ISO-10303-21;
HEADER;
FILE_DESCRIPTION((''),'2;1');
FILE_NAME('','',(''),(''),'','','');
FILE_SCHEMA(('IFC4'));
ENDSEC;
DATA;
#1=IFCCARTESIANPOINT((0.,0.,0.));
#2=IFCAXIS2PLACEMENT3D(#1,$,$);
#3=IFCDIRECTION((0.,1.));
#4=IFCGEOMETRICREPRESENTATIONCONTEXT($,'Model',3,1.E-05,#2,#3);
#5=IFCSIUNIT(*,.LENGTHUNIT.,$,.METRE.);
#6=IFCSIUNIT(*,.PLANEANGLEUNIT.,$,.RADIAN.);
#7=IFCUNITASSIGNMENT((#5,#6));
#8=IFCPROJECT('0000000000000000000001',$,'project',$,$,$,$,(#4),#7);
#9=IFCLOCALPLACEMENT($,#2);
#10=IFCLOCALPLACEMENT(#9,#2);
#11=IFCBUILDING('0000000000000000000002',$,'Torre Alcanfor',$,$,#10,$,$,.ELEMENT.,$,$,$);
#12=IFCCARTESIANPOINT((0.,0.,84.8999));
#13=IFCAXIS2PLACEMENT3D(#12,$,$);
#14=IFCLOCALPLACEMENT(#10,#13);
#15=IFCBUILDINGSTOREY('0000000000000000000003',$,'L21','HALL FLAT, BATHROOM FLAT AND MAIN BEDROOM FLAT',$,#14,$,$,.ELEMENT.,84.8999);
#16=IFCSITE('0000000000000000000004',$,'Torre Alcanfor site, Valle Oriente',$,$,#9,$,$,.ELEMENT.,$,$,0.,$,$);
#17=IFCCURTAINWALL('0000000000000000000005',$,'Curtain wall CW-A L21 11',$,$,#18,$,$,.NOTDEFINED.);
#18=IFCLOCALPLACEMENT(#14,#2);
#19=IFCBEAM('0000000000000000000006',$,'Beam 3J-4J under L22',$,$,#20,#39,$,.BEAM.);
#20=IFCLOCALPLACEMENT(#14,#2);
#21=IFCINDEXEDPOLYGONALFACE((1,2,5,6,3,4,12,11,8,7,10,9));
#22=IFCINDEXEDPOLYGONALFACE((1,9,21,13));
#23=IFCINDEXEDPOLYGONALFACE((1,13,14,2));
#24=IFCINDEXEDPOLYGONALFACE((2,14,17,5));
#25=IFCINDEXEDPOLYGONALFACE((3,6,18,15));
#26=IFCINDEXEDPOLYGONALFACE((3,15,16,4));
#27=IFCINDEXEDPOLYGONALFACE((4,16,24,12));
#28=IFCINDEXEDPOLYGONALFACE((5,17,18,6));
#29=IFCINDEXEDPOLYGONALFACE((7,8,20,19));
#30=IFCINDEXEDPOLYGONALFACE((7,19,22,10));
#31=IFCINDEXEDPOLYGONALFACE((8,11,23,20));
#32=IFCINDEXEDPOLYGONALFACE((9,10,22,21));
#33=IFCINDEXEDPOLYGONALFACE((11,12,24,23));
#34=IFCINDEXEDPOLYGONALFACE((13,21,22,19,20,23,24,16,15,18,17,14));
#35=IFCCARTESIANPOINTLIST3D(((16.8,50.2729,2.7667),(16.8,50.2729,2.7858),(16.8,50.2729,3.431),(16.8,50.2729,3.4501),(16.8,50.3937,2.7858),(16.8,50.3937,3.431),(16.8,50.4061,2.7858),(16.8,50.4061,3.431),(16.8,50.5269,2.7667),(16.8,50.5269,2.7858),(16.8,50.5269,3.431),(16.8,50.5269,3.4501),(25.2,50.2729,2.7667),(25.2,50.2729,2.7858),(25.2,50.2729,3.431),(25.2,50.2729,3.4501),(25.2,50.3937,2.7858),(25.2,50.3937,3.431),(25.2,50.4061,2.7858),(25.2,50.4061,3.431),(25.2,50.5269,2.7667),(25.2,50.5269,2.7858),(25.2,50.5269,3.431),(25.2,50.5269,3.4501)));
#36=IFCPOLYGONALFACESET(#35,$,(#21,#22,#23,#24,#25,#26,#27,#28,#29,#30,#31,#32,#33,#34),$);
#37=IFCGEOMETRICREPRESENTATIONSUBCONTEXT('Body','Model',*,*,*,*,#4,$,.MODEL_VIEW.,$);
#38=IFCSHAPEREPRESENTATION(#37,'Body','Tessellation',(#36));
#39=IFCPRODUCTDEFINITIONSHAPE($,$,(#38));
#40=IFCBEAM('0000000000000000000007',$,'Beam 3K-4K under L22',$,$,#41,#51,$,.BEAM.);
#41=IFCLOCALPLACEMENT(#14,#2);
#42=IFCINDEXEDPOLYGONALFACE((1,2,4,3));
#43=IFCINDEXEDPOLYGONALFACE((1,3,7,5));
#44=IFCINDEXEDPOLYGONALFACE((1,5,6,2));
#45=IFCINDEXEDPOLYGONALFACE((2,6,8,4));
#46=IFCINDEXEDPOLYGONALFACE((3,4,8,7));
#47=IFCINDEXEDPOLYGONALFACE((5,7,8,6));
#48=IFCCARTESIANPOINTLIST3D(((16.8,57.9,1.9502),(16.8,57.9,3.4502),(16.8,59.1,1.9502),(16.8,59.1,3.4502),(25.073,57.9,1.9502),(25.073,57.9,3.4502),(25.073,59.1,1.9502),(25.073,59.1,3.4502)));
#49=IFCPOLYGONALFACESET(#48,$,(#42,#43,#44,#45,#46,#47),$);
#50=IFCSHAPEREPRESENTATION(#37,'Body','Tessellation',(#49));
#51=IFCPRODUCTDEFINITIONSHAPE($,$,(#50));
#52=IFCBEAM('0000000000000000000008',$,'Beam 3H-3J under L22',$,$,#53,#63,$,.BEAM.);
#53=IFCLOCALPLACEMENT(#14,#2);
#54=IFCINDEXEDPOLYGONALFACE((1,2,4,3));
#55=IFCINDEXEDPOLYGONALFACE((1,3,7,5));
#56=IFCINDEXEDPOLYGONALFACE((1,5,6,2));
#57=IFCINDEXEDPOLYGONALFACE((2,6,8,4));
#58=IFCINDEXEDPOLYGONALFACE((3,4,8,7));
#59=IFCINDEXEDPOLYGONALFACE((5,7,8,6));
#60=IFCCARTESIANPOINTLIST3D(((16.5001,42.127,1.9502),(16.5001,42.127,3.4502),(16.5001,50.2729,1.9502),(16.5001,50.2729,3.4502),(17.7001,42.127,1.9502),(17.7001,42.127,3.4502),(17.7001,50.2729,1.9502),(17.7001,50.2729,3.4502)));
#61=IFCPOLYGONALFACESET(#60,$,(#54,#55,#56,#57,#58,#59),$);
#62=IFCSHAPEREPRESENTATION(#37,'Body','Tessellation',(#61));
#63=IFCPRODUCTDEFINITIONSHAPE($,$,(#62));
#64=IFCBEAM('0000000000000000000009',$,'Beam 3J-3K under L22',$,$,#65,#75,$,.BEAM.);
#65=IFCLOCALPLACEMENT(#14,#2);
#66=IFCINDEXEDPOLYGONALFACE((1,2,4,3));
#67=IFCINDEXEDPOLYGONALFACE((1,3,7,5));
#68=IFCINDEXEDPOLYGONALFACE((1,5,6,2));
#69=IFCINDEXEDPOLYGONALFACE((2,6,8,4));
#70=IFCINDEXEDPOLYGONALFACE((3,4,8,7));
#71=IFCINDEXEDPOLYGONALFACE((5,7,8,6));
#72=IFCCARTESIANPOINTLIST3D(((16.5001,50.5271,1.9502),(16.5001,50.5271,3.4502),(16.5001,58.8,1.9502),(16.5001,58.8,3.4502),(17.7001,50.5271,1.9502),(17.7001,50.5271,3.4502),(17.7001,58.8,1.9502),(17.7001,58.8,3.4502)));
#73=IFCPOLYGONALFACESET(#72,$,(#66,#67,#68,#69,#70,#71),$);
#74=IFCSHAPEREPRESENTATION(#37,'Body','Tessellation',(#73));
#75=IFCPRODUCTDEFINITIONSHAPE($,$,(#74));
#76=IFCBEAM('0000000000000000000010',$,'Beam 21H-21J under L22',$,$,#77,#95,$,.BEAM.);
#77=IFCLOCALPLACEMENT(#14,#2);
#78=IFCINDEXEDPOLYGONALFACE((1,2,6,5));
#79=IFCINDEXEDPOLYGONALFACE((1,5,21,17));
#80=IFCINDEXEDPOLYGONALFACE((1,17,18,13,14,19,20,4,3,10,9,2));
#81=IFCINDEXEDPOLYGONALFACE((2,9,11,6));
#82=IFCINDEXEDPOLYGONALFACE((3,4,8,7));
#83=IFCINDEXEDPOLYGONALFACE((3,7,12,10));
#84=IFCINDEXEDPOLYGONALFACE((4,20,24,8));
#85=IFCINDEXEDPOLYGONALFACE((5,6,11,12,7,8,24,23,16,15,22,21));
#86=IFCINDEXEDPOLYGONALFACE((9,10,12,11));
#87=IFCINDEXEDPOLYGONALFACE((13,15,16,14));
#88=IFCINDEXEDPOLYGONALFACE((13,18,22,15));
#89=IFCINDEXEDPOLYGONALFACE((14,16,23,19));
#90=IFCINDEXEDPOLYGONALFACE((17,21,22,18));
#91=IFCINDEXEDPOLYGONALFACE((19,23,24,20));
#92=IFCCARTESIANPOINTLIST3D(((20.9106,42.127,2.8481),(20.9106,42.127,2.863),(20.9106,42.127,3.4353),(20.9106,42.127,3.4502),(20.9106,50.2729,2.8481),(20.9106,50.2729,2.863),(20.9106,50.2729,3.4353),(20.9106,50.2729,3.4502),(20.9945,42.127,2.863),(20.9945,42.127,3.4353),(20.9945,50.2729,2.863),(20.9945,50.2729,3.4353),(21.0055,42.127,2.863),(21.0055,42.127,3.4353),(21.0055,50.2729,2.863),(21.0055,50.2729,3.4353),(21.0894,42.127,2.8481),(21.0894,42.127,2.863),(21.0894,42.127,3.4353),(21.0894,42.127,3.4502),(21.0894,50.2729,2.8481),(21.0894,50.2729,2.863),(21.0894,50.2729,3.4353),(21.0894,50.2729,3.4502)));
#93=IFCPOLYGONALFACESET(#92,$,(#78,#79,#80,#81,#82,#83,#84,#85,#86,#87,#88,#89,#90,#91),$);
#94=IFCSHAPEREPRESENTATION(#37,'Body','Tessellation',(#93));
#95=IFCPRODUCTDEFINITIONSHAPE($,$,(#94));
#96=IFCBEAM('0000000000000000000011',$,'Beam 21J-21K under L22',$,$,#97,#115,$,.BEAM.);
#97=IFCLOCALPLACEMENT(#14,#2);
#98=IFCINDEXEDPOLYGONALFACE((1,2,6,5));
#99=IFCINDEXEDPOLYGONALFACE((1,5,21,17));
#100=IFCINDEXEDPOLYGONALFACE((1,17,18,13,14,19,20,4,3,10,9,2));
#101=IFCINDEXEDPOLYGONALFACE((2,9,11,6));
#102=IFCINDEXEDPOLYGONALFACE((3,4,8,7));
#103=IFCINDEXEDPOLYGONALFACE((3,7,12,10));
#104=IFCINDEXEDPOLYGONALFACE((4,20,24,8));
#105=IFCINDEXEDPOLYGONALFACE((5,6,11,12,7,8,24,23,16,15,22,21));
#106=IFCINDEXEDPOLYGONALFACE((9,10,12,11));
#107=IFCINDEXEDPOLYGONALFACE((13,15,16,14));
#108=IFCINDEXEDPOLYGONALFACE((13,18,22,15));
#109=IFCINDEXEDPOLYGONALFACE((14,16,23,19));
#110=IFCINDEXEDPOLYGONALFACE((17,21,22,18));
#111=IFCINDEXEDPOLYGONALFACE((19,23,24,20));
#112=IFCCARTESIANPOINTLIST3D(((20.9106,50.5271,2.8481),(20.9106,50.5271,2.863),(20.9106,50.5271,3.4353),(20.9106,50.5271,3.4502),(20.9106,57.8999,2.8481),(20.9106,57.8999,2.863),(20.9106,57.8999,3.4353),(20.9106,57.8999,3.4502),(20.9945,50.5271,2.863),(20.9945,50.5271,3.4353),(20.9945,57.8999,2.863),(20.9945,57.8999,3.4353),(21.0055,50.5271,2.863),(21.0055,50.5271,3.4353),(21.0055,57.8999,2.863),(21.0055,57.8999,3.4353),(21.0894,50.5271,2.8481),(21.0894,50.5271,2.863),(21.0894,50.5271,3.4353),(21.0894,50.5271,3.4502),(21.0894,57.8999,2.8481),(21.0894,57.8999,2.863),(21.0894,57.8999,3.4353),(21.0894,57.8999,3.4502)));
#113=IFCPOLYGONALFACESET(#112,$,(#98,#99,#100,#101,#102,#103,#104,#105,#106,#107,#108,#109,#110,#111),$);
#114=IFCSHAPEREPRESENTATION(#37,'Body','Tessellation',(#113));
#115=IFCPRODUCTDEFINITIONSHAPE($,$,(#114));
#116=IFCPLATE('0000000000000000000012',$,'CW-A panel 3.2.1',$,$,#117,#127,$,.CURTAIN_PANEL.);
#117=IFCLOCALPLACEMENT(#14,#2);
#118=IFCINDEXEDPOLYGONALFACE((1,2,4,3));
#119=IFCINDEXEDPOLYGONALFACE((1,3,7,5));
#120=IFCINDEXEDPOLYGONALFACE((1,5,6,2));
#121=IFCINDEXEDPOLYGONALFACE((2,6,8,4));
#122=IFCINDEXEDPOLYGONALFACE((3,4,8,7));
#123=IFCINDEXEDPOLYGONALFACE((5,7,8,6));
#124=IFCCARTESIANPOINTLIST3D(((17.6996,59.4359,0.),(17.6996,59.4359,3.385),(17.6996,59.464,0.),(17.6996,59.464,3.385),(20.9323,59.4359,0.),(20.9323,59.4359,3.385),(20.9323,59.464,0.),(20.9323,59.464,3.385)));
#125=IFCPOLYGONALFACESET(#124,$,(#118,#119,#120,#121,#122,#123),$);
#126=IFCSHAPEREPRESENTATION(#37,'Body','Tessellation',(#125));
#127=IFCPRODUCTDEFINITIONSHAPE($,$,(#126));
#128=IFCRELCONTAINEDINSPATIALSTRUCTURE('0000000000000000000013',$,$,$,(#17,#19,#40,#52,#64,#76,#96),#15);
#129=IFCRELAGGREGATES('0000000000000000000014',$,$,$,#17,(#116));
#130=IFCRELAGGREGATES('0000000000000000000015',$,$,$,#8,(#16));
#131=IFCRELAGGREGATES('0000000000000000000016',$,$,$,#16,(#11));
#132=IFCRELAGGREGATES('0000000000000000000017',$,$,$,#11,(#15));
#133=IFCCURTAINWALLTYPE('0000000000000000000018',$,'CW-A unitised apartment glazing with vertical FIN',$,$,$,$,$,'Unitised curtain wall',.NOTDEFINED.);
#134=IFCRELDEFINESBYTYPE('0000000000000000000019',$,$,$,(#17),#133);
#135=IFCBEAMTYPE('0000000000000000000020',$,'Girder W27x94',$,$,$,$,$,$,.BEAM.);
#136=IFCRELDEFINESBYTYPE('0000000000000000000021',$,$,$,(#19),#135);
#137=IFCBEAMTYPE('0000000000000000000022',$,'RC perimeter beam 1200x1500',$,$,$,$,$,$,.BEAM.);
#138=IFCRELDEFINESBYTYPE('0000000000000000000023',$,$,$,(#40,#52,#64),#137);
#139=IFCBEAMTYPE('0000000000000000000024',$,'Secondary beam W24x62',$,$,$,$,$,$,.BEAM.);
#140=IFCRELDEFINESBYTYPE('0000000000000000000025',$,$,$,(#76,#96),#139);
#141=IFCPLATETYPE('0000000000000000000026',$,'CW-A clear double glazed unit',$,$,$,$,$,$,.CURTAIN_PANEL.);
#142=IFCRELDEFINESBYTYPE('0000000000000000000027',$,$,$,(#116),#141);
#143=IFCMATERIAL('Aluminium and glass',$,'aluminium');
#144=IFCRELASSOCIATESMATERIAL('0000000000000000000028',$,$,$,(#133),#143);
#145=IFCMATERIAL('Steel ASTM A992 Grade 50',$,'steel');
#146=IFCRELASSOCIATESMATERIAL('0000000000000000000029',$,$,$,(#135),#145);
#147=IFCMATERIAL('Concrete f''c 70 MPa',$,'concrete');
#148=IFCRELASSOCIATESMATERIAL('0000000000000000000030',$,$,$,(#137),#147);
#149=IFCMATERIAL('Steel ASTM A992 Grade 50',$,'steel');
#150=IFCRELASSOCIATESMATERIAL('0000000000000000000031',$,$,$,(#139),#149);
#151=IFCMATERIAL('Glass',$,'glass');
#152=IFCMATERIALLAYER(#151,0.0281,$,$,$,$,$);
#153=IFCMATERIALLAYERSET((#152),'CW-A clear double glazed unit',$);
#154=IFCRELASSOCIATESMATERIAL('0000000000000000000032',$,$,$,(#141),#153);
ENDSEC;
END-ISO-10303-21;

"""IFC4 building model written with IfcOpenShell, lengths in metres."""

from ifc_helpers import new_model, si_unit, direction, frame, origin, origin_2d, place, context, subcontext, project, spatial, rectangle, i_section, extrude, material, layer, layer_set, material_profile, profile_set, type_object, element, aggregate, save


model = new_model("IFC4")

# Units and contexts
model_context = context("Model", 3, precision=1e-05, world=origin(), true_north=direction((0.0, 1.0)))
body_context = subcontext(model_context, "Body", "Model", "MODEL_VIEW")
ifc_project = project(units=[si_unit("LENGTHUNIT", "METRE"), si_unit("PLANEANGLEUNIT", "RADIAN")], contexts=[model_context])

# Site, building, storey
site_placement = place(None, origin())
site = spatial("IfcSite", under=ifc_project, at=site_placement, Name="Torre Alcanfor site, Valle Oriente", CompositionType="ELEMENT", RefElevation=0.0)
building_placement = place(site_placement, origin())
building = spatial("IfcBuilding", under=site, at=building_placement, Name="Torre Alcanfor", CompositionType="ELEMENT")
storey_placement = place(building_placement, frame((0.0, 0.0, 84.8999)))
storey = spatial("IfcBuildingStorey", under=building, at=storey_placement, Name="L21", Description="HALL FLAT, BATHROOM FLAT AND MAIN BEDROOM FLAT", CompositionType="ELEMENT", Elevation=84.8999)

# Curtain wall
ifc_material_1 = material(Name="Aluminium and glass", Category="aluminium")
curtain_wall_type = type_object("IfcCurtainWallType", Name="CW-A unitised apartment glazing with vertical FIN", ElementType="Unitised curtain wall", PredefinedType="NOTDEFINED", material=ifc_material_1)
curtain_wall_placement = place(storey_placement, origin())
curtain_wall = element("IfcCurtainWall", 1, at=curtain_wall_placement, inside=storey, type_object=curtain_wall_type, Name="Curtain wall CW-A L21 11", PredefinedType="NOTDEFINED")

# Beams
ifc_material_2 = material(Name="Steel ASTM A992 Grade 50", Category="steel")
ifc_material_profile_1 = material_profile(ifc_material_2, i_section(OverallWidth=0.2539, OverallDepth=0.6833, WebThickness=0.0125, FlangeThickness=0.019, at=origin_2d()), Name="W27x94")
ifc_profile_set_1 = profile_set([ifc_material_profile_1], Name="Steel ASTM A992 Grade 50")
beam_type_1 = type_object("IfcBeamType", Name="Girder W27x94", PredefinedType="BEAM", material=ifc_profile_set_1)
for number, where, z_axis, x_axis, name in (
    (2, (16.8, 50.3999, 3.1084), (1.0, 0.0, 0.0), (0.0, 1.0, 0.0), "Beam 3J-4J under L22"),
):
    element("IfcBeam", number, at=place(storey_placement, frame(where, z_axis=z_axis, x_axis=x_axis)), inside=storey, type_object=beam_type_1, Name=name, PredefinedType="BEAM", context=body_context, shape_type="SweptSolid", body=[
        extrude(i_section(OverallWidth=0.2539, OverallDepth=0.6833, WebThickness=0.0125, FlangeThickness=0.019, at=origin_2d()), origin(), (0.0, 0.0, 1.0), 8.3999),
    ])
ifc_material_3 = material(Name="Concrete f'c 70 MPa", Category="concrete")
ifc_material_profile_2 = material_profile(ifc_material_3, rectangle(XDim=1.2, YDim=1.5, at=origin_2d()), Name="1200x1500")
ifc_profile_set_2 = profile_set([ifc_material_profile_2], Name="Concrete f'c 70 MPa")
beam_type_2 = type_object("IfcBeamType", Name="RC perimeter beam 1200x1500", PredefinedType="BEAM", material=ifc_profile_set_2)
beam_1_placement = place(storey_placement, frame((16.8, 58.5, 2.7002), z_axis=(1.0, 0.0, 0.0), x_axis=(0.0, 1.0, 0.0)))
element("IfcBeam", 3, at=beam_1_placement, inside=storey, type_object=beam_type_2, Name="Beam 3K-4K under L22", PredefinedType="BEAM", context=body_context, shape_type="SweptSolid", body=[
    extrude(rectangle(XDim=1.2, YDim=1.5, at=origin_2d()), origin(), (0.0, 0.0, 1.0), 8.2729),
])
beam_2_placement = place(storey_placement, frame((17.1001, 42.127, 2.7002), z_axis=(0.0, 1.0, 0.0), x_axis=(-1.0, 0.0, 0.0)))
element("IfcBeam", 4, at=beam_2_placement, inside=storey, type_object=beam_type_2, Name="Beam 3H-3J under L22", PredefinedType="BEAM", context=body_context, shape_type="SweptSolid", body=[
    extrude(rectangle(XDim=1.2, YDim=1.5, at=origin_2d()), origin(), (0.0, 0.0, 1.0), 8.146),
])
beam_3_placement = place(storey_placement, frame((17.1001, 50.5271, 2.7002), z_axis=(0.0, 1.0, 0.0), x_axis=(-1.0, 0.0, 0.0)))
element("IfcBeam", 5, at=beam_3_placement, inside=storey, type_object=beam_type_2, Name="Beam 3J-3K under L22", PredefinedType="BEAM", context=body_context, shape_type="SweptSolid", body=[
    extrude(rectangle(XDim=1.2, YDim=1.5, at=origin_2d()), origin(), (0.0, 0.0, 1.0), 8.2729),
])
ifc_material_4 = material(Name="Steel ASTM A992 Grade 50", Category="steel")
ifc_material_profile_3 = material_profile(ifc_material_4, i_section(OverallWidth=0.1787, OverallDepth=0.6021, WebThickness=0.011, FlangeThickness=0.0149, at=origin_2d()), Name="W24x62")
ifc_profile_set_3 = profile_set([ifc_material_profile_3], Name="Steel ASTM A992 Grade 50")
beam_type_3 = type_object("IfcBeamType", Name="Secondary beam W24x62", PredefinedType="BEAM", material=ifc_profile_set_3)
beam_4_placement = place(storey_placement, frame((21.0, 42.127, 3.1492), z_axis=(0.0, 1.0, 0.0), x_axis=(-1.0, 0.0, 0.0)))
element("IfcBeam", 6, at=beam_4_placement, inside=storey, type_object=beam_type_3, Name="Beam 21H-21J under L22", PredefinedType="BEAM", context=body_context, shape_type="SweptSolid", body=[
    extrude(i_section(OverallWidth=0.1787, OverallDepth=0.6021, WebThickness=0.011, FlangeThickness=0.0149, at=origin_2d()), origin(), (0.0, 0.0, 1.0), 8.146),
])
beam_5_placement = place(storey_placement, frame((21.0, 50.5271, 3.1492), z_axis=(0.0, 1.0, 0.0), x_axis=(-1.0, 0.0, 0.0)))
element("IfcBeam", 7, at=beam_5_placement, inside=storey, type_object=beam_type_3, Name="Beam 21J-21K under L22", PredefinedType="BEAM", context=body_context, shape_type="SweptSolid", body=[
    extrude(i_section(OverallWidth=0.1787, OverallDepth=0.6021, WebThickness=0.011, FlangeThickness=0.0149, at=origin_2d()), origin(), (0.0, 0.0, 1.0), 7.3728),
])

# Plate
ifc_material_5 = material(Name="Glass", Category="glass")
ifc_layer_1 = layer(ifc_material_5, 0.0281)
ifc_layer_set_1 = layer_set([ifc_layer_1], Name="CW-A clear double glazed unit")
plate_type = type_object("IfcPlateType", Name="CW-A clear double glazed unit", PredefinedType="CURTAIN_PANEL", material=ifc_layer_set_1)
plate_placement = place(storey_placement, frame((19.3159, 59.45, 0.0), z_axis=(0.0, 0.0, 1.0), x_axis=(-1.0, 0.0, 0.0)))
plate = element("IfcPlate", 8, at=plate_placement, type_object=plate_type, Name="CW-A panel 3.2.1", PredefinedType="CURTAIN_PANEL", context=body_context, shape_type="SweptSolid", body=[
    extrude(rectangle(XDim=3.2327, YDim=0.0281, at=origin_2d()), origin(), (0.0, 0.0, 1.0), 3.385),
])
aggregate(curtain_wall, [plate])

save(model, "model.ifc")
